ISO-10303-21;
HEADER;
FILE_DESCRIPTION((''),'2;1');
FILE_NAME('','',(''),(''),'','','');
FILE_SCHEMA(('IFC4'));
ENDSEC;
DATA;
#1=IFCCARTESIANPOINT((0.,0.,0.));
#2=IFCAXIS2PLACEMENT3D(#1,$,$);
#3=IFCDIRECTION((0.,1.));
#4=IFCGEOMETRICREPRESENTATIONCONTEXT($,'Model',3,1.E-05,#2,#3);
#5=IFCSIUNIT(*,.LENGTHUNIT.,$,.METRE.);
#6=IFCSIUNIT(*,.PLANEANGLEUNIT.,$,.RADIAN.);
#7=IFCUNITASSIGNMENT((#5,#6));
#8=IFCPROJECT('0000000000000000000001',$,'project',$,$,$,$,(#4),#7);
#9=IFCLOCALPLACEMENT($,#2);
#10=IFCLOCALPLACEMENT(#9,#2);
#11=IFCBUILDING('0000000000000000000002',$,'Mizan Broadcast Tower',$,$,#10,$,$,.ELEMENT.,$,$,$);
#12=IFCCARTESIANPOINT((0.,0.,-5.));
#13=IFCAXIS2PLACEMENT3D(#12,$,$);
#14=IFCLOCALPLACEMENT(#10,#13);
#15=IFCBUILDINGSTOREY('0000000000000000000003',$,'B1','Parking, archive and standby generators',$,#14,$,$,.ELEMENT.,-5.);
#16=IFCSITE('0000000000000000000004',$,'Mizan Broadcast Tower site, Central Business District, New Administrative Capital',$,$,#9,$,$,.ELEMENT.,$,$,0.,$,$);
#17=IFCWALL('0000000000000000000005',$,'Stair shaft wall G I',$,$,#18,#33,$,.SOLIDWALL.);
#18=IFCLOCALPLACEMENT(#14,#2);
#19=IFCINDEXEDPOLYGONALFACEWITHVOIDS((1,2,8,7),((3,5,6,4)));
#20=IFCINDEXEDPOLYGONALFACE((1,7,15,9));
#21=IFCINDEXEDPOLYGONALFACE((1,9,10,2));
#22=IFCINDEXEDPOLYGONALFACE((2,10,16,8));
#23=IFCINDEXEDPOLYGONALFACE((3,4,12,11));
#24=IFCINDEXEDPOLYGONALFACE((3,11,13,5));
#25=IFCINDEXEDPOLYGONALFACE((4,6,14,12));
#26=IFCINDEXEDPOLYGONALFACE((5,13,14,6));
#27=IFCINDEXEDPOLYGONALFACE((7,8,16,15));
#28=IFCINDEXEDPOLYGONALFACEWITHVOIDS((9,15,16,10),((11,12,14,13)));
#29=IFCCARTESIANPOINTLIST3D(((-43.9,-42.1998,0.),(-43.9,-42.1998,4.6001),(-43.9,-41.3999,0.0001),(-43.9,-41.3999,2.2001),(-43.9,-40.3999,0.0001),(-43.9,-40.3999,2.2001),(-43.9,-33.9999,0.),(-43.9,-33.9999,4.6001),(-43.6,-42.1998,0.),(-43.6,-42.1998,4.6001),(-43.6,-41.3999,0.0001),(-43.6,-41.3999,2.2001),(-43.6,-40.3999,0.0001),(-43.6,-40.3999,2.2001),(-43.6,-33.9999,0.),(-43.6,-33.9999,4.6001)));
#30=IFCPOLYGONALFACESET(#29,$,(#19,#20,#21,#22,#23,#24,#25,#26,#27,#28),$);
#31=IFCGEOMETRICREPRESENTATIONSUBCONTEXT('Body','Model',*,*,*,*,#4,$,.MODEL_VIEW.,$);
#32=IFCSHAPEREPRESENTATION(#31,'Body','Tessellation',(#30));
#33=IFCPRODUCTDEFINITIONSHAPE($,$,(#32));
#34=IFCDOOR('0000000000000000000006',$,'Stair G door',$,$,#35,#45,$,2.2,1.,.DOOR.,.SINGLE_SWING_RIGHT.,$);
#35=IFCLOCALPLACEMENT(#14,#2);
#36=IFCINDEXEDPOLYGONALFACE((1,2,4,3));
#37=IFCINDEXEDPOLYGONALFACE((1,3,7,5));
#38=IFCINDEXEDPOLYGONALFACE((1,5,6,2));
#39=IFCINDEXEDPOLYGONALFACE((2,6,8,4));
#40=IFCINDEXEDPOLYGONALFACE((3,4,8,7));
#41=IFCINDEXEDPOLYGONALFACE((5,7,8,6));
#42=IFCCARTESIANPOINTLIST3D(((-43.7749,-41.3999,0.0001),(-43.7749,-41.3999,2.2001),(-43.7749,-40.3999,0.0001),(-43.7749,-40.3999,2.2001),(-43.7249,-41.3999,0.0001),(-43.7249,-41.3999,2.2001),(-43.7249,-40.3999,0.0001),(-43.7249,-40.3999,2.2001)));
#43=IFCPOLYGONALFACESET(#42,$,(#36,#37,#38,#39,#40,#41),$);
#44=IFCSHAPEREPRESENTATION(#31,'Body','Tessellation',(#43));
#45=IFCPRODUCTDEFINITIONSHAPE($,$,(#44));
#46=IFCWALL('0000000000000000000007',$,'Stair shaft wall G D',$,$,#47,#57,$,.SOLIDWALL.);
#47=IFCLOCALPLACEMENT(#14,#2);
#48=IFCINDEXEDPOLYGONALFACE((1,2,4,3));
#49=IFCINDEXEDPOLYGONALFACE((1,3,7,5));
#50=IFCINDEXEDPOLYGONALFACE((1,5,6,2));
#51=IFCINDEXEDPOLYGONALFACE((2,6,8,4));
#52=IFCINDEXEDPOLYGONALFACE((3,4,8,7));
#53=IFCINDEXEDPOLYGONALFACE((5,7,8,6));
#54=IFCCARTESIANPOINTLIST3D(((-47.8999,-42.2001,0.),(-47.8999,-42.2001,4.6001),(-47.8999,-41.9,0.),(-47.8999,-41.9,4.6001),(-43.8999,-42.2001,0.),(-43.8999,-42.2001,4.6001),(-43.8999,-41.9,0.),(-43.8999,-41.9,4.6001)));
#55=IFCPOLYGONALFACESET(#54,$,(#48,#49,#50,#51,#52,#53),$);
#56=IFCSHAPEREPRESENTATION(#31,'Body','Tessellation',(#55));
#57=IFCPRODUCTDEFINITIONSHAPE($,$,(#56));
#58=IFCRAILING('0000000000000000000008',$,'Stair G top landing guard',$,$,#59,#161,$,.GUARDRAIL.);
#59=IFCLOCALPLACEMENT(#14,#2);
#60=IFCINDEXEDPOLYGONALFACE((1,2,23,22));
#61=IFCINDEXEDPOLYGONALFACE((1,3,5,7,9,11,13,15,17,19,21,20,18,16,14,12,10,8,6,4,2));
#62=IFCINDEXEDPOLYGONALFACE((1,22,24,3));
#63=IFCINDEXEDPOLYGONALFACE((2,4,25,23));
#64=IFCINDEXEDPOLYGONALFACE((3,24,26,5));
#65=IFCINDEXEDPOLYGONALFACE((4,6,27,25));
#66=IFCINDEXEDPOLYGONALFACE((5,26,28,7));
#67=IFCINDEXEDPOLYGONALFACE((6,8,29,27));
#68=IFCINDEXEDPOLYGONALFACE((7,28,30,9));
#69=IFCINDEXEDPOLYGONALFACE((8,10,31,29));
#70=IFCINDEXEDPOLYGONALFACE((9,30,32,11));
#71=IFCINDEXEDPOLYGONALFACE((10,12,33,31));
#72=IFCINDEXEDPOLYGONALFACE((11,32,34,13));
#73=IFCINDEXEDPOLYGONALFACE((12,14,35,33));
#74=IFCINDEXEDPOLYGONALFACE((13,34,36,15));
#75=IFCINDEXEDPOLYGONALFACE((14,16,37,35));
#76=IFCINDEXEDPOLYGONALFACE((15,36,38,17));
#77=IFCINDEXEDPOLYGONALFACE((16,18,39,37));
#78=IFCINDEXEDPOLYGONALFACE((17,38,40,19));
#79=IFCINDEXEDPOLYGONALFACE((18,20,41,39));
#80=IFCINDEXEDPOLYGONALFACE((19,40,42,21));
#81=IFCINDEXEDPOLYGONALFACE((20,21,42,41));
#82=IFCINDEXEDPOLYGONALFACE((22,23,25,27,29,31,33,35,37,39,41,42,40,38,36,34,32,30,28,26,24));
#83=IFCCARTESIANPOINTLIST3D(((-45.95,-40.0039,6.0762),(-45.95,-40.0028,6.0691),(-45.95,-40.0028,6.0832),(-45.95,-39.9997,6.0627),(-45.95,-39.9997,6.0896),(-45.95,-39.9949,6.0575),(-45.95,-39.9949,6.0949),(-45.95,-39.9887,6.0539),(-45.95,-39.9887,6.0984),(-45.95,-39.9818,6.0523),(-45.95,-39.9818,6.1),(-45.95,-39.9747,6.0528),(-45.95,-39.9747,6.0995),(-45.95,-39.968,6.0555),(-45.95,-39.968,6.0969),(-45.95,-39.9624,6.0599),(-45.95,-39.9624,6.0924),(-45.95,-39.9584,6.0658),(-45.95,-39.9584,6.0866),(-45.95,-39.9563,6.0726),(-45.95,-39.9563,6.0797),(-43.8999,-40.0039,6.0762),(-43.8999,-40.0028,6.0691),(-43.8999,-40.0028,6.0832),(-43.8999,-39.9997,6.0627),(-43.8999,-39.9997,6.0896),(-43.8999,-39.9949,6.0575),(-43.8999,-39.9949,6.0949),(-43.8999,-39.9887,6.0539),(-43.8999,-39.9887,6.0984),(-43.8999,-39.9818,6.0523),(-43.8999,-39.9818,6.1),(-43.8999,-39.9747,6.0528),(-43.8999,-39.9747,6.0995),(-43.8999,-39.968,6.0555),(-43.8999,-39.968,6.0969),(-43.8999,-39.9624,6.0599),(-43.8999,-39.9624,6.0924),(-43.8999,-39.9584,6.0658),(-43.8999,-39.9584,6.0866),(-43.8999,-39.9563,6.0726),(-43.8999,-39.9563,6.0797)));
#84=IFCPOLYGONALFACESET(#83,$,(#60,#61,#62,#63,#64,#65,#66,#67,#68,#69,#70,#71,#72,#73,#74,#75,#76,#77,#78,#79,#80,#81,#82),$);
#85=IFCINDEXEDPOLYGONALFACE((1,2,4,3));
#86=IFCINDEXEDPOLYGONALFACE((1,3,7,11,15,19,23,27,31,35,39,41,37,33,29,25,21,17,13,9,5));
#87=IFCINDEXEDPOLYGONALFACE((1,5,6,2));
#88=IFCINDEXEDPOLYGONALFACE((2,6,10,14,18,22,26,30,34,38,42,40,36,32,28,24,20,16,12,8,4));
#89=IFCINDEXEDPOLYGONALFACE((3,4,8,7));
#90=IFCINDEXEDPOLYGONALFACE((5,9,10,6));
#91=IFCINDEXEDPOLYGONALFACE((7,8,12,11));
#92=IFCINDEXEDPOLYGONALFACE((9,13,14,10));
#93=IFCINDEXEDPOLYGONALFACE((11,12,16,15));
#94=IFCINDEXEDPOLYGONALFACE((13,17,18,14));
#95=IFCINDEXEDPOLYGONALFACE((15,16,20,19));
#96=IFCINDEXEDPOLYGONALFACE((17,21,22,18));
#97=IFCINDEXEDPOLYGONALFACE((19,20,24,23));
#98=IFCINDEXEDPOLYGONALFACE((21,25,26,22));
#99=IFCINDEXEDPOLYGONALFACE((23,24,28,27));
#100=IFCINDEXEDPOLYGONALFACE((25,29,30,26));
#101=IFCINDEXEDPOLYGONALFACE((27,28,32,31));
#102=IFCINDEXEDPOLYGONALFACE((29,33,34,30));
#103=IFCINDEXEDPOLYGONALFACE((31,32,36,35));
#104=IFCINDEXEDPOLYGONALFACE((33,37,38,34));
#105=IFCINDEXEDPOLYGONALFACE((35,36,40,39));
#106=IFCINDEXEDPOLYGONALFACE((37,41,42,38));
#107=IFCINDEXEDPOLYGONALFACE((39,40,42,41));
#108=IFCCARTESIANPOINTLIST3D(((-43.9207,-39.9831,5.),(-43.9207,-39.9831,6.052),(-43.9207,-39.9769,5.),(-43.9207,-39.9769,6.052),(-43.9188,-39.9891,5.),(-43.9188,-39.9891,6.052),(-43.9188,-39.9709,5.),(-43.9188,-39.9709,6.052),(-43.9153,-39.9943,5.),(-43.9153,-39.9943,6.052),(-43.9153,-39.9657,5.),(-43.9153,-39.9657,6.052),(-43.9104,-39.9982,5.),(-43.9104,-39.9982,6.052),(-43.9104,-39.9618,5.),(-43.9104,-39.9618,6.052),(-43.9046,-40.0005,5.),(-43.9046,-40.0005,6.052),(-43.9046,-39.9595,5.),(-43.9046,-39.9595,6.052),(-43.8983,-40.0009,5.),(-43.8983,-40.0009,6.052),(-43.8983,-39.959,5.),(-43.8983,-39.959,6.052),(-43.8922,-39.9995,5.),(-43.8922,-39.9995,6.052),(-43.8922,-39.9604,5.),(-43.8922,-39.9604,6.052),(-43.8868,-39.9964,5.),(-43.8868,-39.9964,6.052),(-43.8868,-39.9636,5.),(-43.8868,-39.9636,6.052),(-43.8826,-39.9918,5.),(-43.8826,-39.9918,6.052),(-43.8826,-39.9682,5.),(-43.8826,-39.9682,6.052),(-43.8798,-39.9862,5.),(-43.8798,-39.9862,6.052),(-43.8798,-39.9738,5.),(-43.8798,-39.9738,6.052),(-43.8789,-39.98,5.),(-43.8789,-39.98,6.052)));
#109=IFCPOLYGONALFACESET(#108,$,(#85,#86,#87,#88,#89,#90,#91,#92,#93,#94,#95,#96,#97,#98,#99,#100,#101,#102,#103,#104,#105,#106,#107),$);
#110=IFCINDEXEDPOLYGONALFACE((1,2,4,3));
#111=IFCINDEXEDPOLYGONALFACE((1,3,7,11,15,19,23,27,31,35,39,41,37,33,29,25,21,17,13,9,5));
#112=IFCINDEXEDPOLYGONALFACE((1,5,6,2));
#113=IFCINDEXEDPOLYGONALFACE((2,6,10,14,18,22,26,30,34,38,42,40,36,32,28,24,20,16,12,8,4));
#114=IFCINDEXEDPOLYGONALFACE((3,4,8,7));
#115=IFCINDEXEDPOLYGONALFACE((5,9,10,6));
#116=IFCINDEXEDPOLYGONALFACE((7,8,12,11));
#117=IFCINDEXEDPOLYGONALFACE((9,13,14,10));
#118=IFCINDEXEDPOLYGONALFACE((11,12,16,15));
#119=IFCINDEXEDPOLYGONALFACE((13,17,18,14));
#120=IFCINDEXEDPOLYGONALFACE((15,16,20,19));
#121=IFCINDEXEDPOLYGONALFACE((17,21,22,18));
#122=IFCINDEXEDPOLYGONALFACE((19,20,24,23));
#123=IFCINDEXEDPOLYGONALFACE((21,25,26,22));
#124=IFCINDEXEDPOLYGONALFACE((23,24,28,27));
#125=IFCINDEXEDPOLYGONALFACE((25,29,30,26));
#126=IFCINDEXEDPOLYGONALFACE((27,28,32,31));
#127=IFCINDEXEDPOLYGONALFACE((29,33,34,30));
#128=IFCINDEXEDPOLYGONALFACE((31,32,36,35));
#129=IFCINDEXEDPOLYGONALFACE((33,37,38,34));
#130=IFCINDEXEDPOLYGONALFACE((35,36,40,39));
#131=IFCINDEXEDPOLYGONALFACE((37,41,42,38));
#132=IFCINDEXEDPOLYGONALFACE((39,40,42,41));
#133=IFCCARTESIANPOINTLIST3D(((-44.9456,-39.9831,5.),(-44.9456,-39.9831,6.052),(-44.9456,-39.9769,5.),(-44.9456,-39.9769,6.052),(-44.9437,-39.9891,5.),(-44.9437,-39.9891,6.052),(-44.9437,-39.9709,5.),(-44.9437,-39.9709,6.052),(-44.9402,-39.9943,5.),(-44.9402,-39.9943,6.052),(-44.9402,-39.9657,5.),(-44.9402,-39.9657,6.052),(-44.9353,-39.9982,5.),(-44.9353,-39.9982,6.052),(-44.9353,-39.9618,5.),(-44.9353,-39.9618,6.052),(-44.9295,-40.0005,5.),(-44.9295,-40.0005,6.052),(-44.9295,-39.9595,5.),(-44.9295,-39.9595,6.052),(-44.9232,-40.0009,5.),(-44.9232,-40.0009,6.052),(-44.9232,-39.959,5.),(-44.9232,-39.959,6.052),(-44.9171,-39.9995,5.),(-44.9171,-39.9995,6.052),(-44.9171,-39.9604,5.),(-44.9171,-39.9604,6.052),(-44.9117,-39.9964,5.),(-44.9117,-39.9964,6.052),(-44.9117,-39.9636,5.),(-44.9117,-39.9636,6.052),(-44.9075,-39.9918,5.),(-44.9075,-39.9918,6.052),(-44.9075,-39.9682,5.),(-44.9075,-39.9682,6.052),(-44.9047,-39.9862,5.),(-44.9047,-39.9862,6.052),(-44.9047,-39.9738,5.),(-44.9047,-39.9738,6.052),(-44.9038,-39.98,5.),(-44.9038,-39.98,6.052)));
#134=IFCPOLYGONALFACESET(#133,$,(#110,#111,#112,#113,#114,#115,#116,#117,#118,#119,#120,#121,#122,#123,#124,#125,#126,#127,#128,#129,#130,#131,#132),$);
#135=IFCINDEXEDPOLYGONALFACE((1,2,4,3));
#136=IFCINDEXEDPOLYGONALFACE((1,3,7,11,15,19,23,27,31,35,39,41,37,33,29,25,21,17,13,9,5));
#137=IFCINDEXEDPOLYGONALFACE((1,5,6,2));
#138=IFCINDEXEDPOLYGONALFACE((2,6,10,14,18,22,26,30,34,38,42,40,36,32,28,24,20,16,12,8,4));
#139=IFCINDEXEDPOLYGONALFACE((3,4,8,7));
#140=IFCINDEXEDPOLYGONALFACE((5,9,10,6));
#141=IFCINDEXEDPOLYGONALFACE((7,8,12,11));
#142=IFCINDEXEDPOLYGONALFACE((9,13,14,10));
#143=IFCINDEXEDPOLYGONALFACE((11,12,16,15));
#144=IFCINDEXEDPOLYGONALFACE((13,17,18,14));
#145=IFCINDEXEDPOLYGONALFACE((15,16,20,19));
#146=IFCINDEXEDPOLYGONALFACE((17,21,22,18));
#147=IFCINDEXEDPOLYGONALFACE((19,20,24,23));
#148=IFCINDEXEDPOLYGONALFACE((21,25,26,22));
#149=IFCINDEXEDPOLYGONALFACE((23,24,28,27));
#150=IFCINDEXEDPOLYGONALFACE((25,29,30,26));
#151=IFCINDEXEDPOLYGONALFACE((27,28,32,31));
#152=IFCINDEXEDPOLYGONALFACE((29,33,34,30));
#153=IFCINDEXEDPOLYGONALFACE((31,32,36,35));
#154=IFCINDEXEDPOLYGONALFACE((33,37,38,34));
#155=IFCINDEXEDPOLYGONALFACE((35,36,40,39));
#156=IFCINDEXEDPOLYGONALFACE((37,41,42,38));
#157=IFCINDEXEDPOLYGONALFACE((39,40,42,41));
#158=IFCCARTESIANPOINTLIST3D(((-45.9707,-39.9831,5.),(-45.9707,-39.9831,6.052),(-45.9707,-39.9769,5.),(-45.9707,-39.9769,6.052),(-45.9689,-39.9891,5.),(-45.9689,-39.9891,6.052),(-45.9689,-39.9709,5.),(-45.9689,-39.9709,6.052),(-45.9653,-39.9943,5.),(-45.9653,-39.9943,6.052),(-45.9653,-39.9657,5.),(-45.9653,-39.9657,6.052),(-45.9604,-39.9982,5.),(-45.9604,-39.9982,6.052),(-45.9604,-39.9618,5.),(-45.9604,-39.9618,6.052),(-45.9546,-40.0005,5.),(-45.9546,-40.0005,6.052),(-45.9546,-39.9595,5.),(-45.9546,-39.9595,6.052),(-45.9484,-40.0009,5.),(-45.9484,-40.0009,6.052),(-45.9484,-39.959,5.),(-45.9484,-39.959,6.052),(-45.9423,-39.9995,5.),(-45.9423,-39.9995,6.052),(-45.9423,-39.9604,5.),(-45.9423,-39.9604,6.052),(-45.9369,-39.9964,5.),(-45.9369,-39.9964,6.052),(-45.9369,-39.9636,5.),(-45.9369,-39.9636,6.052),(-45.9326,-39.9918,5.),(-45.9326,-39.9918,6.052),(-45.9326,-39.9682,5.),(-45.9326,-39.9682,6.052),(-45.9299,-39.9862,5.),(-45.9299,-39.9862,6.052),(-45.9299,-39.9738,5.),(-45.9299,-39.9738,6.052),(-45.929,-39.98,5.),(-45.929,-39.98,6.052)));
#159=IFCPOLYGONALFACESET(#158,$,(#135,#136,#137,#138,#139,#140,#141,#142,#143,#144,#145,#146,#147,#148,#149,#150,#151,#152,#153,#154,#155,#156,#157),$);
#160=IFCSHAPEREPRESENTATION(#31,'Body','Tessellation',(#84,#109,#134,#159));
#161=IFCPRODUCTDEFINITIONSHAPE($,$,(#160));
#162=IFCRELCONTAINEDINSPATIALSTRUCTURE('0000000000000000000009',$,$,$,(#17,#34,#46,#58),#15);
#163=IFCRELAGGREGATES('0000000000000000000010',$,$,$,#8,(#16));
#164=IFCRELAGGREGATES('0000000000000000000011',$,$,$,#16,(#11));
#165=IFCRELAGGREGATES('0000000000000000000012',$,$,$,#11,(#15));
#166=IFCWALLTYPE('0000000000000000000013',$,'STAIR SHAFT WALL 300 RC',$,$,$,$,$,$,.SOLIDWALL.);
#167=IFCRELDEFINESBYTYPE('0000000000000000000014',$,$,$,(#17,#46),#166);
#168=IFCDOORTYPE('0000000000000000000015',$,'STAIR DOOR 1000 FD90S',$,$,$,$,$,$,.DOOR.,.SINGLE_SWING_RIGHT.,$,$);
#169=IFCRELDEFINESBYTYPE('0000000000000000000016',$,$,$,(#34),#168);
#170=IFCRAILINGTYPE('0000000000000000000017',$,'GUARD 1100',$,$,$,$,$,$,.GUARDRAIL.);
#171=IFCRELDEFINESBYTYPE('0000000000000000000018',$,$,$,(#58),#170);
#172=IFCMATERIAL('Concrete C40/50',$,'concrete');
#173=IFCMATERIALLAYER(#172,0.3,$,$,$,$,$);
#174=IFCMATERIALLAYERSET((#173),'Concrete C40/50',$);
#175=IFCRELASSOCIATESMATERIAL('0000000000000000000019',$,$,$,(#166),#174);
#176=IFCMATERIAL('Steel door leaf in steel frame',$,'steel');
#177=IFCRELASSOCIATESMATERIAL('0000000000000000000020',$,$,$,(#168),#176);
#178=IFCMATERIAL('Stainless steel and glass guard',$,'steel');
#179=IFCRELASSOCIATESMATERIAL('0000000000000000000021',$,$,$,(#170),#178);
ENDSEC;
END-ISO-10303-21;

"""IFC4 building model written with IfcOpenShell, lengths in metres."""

from ifc_helpers import new_model, si_unit, direction, frame, frame_2d, origin, origin_2d, place, context, subcontext, project, spatial, rectangle, circle, extrude, material, layer, layer_set, type_object, element, fill, save


model = new_model("IFC4")

# Units and contexts
model_context = context("Model", 3, precision=1e-05, world=origin(), true_north=direction((0.0, 1.0)))
body_context = subcontext(model_context, "Body", "Model", "MODEL_VIEW")
ifc_project = project(units=[si_unit("LENGTHUNIT", "METRE"), si_unit("PLANEANGLEUNIT", "RADIAN")], contexts=[model_context])

# Site, building, storey
site_placement = place(None, origin())
site = spatial("IfcSite", under=ifc_project, at=site_placement, Name="Mizan Broadcast Tower site, Central Business District, New Administrative Capital", CompositionType="ELEMENT", RefElevation=0.0)
building_placement = place(site_placement, origin())
building = spatial("IfcBuilding", under=site, at=building_placement, Name="Mizan Broadcast Tower", CompositionType="ELEMENT")
storey_placement = place(building_placement, frame((0.0, 0.0, -5.0)))
storey = spatial("IfcBuildingStorey", under=building, at=storey_placement, Name="B1", Description="Parking, archive and standby generators", CompositionType="ELEMENT", Elevation=-5.0)

# Wall, opening, door
ifc_material_1 = material(Name="Concrete C40/50", Category="concrete")
ifc_layer = layer(ifc_material_1, 0.3)
ifc_layer_set = layer_set([ifc_layer], Name="Concrete C40/50")
wall_type = type_object("IfcWallType", Name="STAIR SHAFT WALL 300 RC", PredefinedType="SOLIDWALL", material=ifc_layer_set)
wall_1_placement = place(storey_placement, frame((-43.75, -42.2, 0.0), z_axis=(0.0, 0.0, 1.0), x_axis=(0.0, 1.0, 0.0)))
wall_1 = element("IfcWall", 1, at=wall_1_placement, inside=storey, type_object=wall_type, Name="Stair shaft wall G I", PredefinedType="SOLIDWALL", context=body_context, shape_type="SweptSolid", body=[
    extrude(rectangle(XDim=8.2, YDim=0.3, at=frame_2d((4.1001, 0.0))), origin(), (0.0, 0.0, 1.0), 4.6001),
])
opening_placement = place(wall_1_placement, frame((0.8, 0.0, 0.0)))
opening = element("IfcOpeningElement", 2, at=opening_placement, cuts=wall_1, PredefinedType="OPENING", context=body_context, shape_type="SweptSolid", body=[
    extrude(rectangle(XDim=1.0, YDim=2.2, at=frame_2d((0.5, 1.1001))), frame((0.0, 0.1599, 0.0), z_axis=(0.0, -1.0, 0.0), x_axis=(1.0, 0.0, 0.0)), (0.0, 0.0, 1.0), 0.3201),
])
ifc_material_2 = material(Name="Steel door leaf in steel frame", Category="steel")
door_type = type_object("IfcDoorType", Name="STAIR DOOR 1000 FD90S", OperationType="SINGLE_SWING_RIGHT", PredefinedType="DOOR", material=ifc_material_2)
door_placement = place(opening_placement, origin())
door = element("IfcDoor", 3, at=door_placement, inside=storey, type_object=door_type, Name="Stair G door", OperationType="SINGLE_SWING_RIGHT", OverallHeight=2.2, OverallWidth=1.0, PredefinedType="DOOR", context=body_context, shape_type="SweptSolid", body=[
    extrude(rectangle(XDim=1.0, YDim=2.2, at=frame_2d((0.5, 1.1001))), frame((0.0, 0.0249, 0.0), z_axis=(0.0, -1.0, 0.0), x_axis=(1.0, 0.0, 0.0)), (0.0, 0.0, 1.0), 0.05),
])
fill(opening, door)

# Wall
wall_2_placement = place(storey_placement, frame((-43.8999, -42.05, 0.0), z_axis=(0.0, 0.0, 1.0), x_axis=(-1.0, 0.0, 0.0)))
element("IfcWall", 4, at=wall_2_placement, inside=storey, type_object=wall_type, Name="Stair shaft wall G D", PredefinedType="SOLIDWALL", context=body_context, shape_type="SweptSolid", body=[
    extrude(rectangle(XDim=4.0, YDim=0.3, at=frame_2d((2.0, 0.0))), origin(), (0.0, 0.0, 1.0), 4.6001),
])

# Railing
ifc_material_3 = material(Name="Stainless steel and glass guard", Category="steel")
railing_type_1 = type_object("IfcRailingType", Name="GUARD 1100", PredefinedType="GUARDRAIL", material=ifc_material_3)
railing_1_placement = place(storey_placement, frame((-43.8999, -39.98, 5.0)))
element("IfcRailing", 5, at=railing_1_placement, inside=storey, type_object=railing_type_1, Name="Stair G top landing guard", PredefinedType="GUARDRAIL", context=body_context, shape_type="SweptSolid", body=[
    extrude(circle(Radius=0.0239, at=origin_2d()), frame((0.0, 0.0, 1.0762), z_axis=(-1.0, 0.0, 0.0), x_axis=(0.0, -1.0, 0.0)), (0.0, 0.0, 1.0), 2.05),
    extrude(circle(Radius=0.021, at=origin_2d()), origin(), (0.0, 0.0, 1.0), 1.052),
    extrude(circle(Radius=0.021, at=origin_2d()), frame((-1.0249, 0.0, 0.0)), (0.0, 0.0, 1.0), 1.052),
    extrude(circle(Radius=0.021, at=origin_2d()), frame((-2.05, 0.0, 0.0)), (0.0, 0.0, 1.0), 1.052),
])

save(model, "model.ifc")
